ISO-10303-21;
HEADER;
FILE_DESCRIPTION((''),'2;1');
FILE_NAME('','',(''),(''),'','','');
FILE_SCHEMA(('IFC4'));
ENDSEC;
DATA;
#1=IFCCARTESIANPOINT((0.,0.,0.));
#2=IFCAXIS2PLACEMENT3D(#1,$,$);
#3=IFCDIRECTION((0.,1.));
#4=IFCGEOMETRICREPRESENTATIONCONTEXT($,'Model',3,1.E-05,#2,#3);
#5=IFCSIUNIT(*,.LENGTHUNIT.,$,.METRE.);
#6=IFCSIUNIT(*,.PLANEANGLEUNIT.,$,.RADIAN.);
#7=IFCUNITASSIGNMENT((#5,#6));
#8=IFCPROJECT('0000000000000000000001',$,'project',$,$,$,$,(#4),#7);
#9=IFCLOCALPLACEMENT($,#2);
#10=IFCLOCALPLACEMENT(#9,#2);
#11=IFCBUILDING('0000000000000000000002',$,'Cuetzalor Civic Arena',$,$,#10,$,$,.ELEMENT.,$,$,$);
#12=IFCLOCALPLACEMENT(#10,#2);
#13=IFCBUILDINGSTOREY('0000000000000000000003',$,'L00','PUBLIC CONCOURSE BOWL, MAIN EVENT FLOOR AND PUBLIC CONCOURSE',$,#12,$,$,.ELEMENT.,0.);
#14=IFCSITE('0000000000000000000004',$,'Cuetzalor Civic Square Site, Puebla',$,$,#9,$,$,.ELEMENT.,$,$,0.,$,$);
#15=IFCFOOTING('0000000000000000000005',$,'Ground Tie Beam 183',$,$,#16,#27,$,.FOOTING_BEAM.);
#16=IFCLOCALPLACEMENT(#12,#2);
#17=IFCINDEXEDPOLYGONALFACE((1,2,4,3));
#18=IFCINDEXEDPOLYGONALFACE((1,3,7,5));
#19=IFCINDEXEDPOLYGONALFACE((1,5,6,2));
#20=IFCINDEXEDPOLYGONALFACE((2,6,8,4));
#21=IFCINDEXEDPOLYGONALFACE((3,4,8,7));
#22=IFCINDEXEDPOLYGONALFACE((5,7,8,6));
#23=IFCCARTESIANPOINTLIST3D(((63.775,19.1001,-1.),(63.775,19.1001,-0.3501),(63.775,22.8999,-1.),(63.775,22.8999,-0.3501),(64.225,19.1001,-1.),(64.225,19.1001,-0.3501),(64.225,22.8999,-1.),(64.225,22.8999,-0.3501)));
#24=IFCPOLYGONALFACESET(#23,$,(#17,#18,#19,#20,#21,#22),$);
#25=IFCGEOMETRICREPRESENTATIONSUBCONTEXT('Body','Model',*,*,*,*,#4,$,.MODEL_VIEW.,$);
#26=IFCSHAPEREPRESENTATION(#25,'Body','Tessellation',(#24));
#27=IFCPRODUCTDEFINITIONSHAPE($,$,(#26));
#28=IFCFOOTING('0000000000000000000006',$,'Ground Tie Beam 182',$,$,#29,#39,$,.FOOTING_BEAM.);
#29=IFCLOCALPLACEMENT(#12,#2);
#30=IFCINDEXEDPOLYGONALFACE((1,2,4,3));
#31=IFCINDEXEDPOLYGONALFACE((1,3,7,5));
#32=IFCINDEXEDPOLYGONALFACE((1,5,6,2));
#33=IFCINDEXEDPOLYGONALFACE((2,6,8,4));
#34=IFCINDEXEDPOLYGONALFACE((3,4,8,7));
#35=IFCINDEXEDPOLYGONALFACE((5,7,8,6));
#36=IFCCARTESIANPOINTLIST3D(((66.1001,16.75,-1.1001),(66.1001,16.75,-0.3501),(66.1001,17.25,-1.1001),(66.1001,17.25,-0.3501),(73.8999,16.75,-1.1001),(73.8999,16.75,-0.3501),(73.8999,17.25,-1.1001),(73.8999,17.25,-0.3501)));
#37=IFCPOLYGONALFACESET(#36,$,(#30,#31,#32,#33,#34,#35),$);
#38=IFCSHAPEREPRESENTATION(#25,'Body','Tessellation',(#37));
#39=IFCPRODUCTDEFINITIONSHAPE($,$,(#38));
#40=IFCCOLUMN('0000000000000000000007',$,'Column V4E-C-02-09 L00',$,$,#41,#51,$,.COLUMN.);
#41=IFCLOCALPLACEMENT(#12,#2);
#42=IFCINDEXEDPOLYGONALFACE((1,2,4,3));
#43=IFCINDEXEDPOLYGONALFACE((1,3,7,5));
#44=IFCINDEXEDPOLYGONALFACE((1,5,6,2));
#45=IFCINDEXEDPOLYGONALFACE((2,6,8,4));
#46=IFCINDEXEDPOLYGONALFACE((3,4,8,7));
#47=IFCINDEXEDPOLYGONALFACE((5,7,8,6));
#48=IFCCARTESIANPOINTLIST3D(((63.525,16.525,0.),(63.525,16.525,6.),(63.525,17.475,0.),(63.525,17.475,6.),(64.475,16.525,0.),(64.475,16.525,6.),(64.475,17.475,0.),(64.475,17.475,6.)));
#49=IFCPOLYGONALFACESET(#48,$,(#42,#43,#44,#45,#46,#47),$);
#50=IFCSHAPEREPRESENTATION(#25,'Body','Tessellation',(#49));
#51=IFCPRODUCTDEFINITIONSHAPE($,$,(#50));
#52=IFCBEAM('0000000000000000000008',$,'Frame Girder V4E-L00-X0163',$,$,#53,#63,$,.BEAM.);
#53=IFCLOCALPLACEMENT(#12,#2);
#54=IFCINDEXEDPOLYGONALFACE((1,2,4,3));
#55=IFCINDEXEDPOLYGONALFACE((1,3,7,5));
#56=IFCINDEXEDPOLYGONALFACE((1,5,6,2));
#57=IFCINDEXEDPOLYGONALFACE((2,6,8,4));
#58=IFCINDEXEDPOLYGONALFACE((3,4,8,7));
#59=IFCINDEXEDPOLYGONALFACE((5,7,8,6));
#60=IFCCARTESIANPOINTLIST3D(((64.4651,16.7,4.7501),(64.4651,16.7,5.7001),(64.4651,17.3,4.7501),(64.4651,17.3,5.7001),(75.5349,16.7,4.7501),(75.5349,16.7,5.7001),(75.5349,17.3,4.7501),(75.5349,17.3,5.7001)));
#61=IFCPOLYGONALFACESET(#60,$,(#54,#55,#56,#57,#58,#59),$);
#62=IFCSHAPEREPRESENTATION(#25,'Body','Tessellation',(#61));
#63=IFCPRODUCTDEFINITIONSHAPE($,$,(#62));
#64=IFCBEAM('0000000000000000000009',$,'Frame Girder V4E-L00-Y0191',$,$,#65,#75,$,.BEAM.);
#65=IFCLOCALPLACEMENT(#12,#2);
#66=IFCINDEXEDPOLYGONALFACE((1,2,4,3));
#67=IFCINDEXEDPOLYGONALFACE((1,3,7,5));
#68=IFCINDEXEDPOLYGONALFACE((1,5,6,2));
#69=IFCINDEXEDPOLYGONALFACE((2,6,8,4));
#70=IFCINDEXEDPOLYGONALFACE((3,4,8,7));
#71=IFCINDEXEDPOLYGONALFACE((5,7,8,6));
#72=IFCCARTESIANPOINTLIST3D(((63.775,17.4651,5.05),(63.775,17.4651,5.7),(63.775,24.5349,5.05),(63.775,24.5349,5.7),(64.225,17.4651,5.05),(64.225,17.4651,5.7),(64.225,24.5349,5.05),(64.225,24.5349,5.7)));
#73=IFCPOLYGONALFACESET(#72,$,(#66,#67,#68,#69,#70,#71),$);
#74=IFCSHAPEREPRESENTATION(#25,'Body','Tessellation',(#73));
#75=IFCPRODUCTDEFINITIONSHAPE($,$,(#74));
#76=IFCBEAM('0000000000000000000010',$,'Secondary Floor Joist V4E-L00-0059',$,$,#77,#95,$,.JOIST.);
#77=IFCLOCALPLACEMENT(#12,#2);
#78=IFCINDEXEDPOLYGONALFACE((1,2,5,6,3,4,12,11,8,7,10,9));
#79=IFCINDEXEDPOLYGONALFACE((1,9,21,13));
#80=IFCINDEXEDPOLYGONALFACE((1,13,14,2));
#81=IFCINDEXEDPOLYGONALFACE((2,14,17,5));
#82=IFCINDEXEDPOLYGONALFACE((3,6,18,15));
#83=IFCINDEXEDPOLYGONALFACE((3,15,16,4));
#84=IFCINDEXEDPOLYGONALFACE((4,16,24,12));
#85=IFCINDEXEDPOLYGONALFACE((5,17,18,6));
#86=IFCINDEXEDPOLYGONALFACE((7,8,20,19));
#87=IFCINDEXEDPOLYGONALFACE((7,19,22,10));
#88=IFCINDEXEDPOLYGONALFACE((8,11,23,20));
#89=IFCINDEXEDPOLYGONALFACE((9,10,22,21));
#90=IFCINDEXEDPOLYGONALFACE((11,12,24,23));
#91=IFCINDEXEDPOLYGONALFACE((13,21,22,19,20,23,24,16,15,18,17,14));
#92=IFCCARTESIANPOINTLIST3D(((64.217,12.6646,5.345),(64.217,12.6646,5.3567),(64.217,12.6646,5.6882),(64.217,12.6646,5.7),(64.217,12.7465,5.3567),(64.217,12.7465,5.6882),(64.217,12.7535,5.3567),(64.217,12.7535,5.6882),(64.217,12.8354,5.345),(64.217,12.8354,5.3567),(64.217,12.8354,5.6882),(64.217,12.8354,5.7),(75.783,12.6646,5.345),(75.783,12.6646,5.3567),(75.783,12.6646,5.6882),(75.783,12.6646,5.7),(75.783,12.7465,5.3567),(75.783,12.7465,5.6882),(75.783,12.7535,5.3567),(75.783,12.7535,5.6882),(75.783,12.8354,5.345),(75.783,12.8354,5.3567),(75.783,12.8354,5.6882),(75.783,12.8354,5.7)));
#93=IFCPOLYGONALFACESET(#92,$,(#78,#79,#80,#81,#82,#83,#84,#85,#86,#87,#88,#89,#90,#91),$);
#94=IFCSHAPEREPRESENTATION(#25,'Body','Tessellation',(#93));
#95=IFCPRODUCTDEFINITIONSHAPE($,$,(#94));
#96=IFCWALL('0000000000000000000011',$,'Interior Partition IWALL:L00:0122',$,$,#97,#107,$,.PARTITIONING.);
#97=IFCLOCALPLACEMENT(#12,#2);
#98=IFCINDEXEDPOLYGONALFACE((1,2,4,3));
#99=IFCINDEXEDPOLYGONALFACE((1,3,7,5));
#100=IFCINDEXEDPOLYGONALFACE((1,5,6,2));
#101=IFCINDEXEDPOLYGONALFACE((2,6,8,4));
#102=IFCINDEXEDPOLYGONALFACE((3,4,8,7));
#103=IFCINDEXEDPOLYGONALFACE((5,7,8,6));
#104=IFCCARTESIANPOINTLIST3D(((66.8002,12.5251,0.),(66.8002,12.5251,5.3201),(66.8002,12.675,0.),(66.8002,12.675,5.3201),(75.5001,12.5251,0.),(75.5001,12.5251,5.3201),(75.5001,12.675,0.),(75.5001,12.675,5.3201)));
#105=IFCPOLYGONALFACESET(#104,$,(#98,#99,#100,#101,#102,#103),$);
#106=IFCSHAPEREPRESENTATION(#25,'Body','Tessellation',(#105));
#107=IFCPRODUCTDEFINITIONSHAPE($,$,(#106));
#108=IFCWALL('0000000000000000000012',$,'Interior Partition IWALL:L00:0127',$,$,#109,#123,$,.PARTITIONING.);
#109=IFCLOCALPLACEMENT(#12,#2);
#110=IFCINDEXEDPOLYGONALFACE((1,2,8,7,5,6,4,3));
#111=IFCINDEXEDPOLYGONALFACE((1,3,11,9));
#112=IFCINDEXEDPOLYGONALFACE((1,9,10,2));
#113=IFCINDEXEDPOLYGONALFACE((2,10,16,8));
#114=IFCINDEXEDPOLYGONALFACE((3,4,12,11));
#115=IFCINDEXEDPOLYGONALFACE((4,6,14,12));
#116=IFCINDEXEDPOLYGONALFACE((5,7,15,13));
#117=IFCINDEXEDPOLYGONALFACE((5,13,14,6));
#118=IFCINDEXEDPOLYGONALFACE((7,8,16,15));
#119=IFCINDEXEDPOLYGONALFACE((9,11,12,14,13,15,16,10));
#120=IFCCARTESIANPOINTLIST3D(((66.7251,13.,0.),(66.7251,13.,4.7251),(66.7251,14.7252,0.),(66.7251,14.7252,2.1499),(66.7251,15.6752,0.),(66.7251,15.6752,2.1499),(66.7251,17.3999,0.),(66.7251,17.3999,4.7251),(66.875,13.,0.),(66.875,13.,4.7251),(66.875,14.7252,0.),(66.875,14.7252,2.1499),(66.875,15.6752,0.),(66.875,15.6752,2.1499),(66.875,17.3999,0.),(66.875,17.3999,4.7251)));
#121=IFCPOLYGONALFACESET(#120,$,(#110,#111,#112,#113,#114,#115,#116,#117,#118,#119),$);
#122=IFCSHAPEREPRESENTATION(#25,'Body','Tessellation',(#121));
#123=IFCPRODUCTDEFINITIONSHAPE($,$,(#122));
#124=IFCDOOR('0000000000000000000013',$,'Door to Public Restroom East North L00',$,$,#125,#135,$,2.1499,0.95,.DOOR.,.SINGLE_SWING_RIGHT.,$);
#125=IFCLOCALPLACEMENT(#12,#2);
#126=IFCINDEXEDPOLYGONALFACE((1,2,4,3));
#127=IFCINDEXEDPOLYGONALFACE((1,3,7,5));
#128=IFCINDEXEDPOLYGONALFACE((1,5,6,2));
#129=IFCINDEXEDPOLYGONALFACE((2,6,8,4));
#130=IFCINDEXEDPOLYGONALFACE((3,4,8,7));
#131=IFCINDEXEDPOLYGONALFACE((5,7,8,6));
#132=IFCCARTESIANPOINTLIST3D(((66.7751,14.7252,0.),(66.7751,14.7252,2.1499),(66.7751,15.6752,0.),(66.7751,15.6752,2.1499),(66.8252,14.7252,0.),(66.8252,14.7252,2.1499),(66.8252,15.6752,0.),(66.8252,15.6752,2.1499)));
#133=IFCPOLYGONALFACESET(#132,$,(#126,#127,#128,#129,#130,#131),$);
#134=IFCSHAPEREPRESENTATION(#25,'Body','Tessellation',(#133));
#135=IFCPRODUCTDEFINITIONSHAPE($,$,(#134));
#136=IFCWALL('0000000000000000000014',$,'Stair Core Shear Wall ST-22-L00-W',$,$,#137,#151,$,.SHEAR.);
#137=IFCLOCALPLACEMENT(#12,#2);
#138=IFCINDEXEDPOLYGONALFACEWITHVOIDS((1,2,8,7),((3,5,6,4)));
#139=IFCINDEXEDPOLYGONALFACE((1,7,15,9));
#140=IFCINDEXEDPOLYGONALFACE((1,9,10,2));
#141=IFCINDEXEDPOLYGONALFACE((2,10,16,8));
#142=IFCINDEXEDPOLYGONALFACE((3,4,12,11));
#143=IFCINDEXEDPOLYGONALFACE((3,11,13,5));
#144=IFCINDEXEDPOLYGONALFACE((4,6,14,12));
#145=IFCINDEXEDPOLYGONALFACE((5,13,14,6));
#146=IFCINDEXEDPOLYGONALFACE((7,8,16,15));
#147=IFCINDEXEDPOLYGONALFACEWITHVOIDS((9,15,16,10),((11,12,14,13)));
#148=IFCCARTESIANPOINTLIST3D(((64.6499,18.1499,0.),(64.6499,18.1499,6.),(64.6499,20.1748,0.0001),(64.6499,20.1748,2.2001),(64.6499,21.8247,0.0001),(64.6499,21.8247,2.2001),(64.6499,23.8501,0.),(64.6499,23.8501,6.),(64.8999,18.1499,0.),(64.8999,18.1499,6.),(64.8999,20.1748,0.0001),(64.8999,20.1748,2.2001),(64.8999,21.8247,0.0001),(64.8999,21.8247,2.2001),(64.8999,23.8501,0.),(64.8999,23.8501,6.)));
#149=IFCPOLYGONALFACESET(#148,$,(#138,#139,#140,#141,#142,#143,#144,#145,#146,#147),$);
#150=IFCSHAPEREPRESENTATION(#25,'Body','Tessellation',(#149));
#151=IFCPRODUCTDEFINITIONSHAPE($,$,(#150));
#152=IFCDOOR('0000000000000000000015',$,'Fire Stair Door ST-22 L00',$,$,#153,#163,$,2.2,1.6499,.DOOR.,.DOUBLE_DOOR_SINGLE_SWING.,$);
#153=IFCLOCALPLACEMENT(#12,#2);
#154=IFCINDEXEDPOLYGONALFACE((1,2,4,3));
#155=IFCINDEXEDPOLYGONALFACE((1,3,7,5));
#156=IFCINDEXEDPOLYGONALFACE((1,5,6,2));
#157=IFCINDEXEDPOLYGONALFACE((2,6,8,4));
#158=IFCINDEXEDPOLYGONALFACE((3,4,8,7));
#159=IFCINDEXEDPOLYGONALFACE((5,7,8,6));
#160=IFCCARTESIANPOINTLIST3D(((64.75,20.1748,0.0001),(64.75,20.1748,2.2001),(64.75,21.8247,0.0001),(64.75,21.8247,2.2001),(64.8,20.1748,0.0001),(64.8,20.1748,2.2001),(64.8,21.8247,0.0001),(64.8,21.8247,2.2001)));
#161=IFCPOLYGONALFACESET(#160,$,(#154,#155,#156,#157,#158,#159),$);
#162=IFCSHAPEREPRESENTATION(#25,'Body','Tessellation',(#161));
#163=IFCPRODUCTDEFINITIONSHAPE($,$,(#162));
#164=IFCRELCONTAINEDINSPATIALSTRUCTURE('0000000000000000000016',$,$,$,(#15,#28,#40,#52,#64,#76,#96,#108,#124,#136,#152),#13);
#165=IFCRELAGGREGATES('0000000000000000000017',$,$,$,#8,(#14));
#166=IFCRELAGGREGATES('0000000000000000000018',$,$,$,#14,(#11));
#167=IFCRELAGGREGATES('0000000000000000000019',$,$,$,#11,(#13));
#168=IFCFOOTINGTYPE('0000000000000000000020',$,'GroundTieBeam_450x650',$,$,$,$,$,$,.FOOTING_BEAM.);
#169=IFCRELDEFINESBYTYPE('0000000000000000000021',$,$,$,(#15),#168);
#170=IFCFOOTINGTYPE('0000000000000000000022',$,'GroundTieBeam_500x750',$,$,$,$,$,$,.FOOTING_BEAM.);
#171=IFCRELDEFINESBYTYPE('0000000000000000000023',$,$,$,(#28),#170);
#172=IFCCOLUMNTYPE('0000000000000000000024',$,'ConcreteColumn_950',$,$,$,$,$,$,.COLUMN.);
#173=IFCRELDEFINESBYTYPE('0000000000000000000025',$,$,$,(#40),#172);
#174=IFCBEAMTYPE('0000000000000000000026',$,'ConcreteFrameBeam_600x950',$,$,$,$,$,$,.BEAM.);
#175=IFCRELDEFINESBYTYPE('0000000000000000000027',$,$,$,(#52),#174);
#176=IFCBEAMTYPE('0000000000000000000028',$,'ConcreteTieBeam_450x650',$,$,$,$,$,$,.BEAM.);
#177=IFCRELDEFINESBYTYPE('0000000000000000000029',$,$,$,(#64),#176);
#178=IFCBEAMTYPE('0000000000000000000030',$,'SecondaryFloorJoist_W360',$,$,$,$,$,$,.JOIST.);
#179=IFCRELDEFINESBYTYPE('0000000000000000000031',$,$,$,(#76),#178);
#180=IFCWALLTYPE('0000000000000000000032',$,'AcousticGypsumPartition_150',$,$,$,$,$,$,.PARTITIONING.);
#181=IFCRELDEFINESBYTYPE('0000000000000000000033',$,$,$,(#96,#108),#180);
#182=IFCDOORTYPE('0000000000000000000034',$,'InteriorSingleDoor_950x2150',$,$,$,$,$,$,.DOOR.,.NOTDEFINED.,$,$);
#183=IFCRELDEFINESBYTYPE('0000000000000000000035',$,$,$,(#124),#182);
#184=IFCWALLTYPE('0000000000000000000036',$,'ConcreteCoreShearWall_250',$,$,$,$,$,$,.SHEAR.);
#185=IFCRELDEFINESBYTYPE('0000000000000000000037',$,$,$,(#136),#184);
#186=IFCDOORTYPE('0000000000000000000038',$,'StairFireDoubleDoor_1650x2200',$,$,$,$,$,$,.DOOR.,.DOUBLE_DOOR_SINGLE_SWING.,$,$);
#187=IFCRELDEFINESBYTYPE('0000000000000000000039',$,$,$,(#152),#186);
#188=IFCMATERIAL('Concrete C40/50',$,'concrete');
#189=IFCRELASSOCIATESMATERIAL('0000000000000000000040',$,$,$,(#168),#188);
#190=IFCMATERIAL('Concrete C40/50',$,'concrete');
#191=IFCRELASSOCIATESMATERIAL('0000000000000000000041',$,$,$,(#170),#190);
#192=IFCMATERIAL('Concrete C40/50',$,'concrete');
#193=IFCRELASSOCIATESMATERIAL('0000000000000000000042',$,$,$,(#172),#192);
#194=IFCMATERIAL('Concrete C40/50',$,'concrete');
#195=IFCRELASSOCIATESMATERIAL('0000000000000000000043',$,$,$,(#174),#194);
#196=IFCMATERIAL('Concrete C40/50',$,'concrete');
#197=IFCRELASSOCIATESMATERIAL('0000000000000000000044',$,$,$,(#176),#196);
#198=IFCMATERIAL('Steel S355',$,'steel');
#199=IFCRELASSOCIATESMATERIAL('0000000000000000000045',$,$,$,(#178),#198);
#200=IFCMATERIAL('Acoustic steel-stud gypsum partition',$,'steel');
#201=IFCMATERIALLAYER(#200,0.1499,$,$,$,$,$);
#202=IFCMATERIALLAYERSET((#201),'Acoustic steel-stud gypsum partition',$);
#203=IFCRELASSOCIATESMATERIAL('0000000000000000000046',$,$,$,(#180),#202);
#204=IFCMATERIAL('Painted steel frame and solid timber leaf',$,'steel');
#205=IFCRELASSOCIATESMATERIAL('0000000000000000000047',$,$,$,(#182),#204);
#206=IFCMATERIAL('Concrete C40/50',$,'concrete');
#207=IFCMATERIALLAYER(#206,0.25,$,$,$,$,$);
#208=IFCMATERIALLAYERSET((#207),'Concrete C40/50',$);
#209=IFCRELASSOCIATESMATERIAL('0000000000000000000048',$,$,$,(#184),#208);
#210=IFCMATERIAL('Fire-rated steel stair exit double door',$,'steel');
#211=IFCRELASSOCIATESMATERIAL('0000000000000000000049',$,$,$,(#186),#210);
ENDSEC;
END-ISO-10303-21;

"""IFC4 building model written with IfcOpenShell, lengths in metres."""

from ifc_helpers import new_model, si_unit, direction, frame, frame_2d, origin, origin_2d, place, context, subcontext, project, spatial, rectangle, i_section, extrude, material, layer, layer_set, material_profile, profile_set, type_object, element, fill, save


model = new_model("IFC4")

# Units and contexts
model_context = context("Model", 3, precision=1e-05, world=origin(), true_north=direction((0.0, 1.0)))
body_context = subcontext(model_context, "Body", "Model", "MODEL_VIEW")
ifc_project = project(units=[si_unit("LENGTHUNIT", "METRE"), si_unit("PLANEANGLEUNIT", "RADIAN")], contexts=[model_context])

# Site, building, storey
site_placement = place(None, origin())
site = spatial("IfcSite", under=ifc_project, at=site_placement, Name="Cuetzalor Civic Square Site, Puebla", CompositionType="ELEMENT", RefElevation=0.0)
building_placement = place(site_placement, origin())
building = spatial("IfcBuilding", under=site, at=building_placement, Name="Cuetzalor Civic Arena", CompositionType="ELEMENT")
storey_placement = place(building_placement, origin())
storey = spatial("IfcBuildingStorey", under=building, at=storey_placement, Name="L00", Description="PUBLIC CONCOURSE BOWL, MAIN EVENT FLOOR AND PUBLIC CONCOURSE", CompositionType="ELEMENT", Elevation=0.0)

# Footings
ifc_material_1 = material(Name="Concrete C40/50", Category="concrete")
ifc_material_profile_1 = material_profile(ifc_material_1, rectangle(XDim=0.45, YDim=0.6499, at=origin_2d()), Name="RC 450x650")
ifc_profile_set_1 = profile_set([ifc_material_profile_1], Name="Concrete C40/50")
footing_type_1 = type_object("IfcFootingType", Name="GroundTieBeam_450x650", PredefinedType="FOOTING_BEAM", material=ifc_profile_set_1)
footing_1_placement = place(storey_placement, frame((64.0, 19.1001, -0.675), z_axis=(0.0, 1.0, 0.0), x_axis=(-1.0, 0.0, 0.0)))
element("IfcFooting", 1, at=footing_1_placement, inside=storey, type_object=footing_type_1, Name="Ground Tie Beam 183", PredefinedType="FOOTING_BEAM", context=body_context, shape_type="SweptSolid", body=[
    extrude(rectangle(XDim=0.45, YDim=0.6499, at=origin_2d()), origin(), (0.0, 0.0, 1.0), 3.7998),
])
ifc_material_2 = material(Name="Concrete C40/50", Category="concrete")
ifc_material_profile_2 = material_profile(ifc_material_2, rectangle(XDim=0.5, YDim=0.75, at=origin_2d()), Name="RC 500x750")
ifc_profile_set_2 = profile_set([ifc_material_profile_2], Name="Concrete C40/50")
footing_type_2 = type_object("IfcFootingType", Name="GroundTieBeam_500x750", PredefinedType="FOOTING_BEAM", material=ifc_profile_set_2)
footing_2_placement = place(storey_placement, frame((66.1001, 17.0, -0.7251), z_axis=(1.0, 0.0, 0.0), x_axis=(0.0, 1.0, 0.0)))
element("IfcFooting", 2, at=footing_2_placement, inside=storey, type_object=footing_type_2, Name="Ground Tie Beam 182", PredefinedType="FOOTING_BEAM", context=body_context, shape_type="SweptSolid", body=[
    extrude(rectangle(XDim=0.5, YDim=0.75, at=origin_2d()), origin(), (0.0, 0.0, 1.0), 7.7998),
])

# Column
ifc_material_3 = material(Name="Concrete C40/50", Category="concrete")
ifc_material_profile_3 = material_profile(ifc_material_3, rectangle(XDim=0.95, YDim=0.95, at=origin_2d()), Name="RC 950x950")
ifc_profile_set_3 = profile_set([ifc_material_profile_3], Name="Concrete C40/50")
column_type = type_object("IfcColumnType", Name="ConcreteColumn_950", PredefinedType="COLUMN", material=ifc_profile_set_3)
column_placement = place(storey_placement, frame((64.0, 17.0, 0.0), z_axis=(0.0, 0.0, 1.0), x_axis=(1.0, 0.0, 0.0)))
element("IfcColumn", 3, at=column_placement, inside=storey, type_object=column_type, Name="Column V4E-C-02-09 L00", PredefinedType="COLUMN", context=body_context, shape_type="SweptSolid", body=[
    extrude(rectangle(XDim=0.95, YDim=0.95, at=origin_2d()), origin(), (0.0, 0.0, 1.0), 6.0),
])

# Beams
ifc_material_4 = material(Name="Concrete C40/50", Category="concrete")
ifc_material_profile_4 = material_profile(ifc_material_4, rectangle(XDim=0.6001, YDim=0.95, at=origin_2d()), Name="RC 600x950")
ifc_profile_set_4 = profile_set([ifc_material_profile_4], Name="Concrete C40/50")
beam_type_1 = type_object("IfcBeamType", Name="ConcreteFrameBeam_600x950", PredefinedType="BEAM", material=ifc_profile_set_4)
beam_1_placement = place(storey_placement, frame((64.4651, 17.0, 5.2251), z_axis=(1.0, 0.0, 0.0), x_axis=(0.0, 1.0, 0.0)))
element("IfcBeam", 4, at=beam_1_placement, inside=storey, type_object=beam_type_1, Name="Frame Girder V4E-L00-X0163", PredefinedType="BEAM", context=body_context, shape_type="SweptSolid", body=[
    extrude(rectangle(XDim=0.6001, YDim=0.95, at=origin_2d()), origin(), (0.0, 0.0, 1.0), 11.0698),
])
ifc_material_5 = material(Name="Concrete C40/50", Category="concrete")
ifc_material_profile_5 = material_profile(ifc_material_5, rectangle(XDim=0.45, YDim=0.6499, at=origin_2d()), Name="RC 450x650")
ifc_profile_set_5 = profile_set([ifc_material_profile_5], Name="Concrete C40/50")
beam_type_2 = type_object("IfcBeamType", Name="ConcreteTieBeam_450x650", PredefinedType="BEAM", material=ifc_profile_set_5)
beam_2_placement = place(storey_placement, frame((64.0, 17.4651, 5.375), z_axis=(0.0, 1.0, 0.0), x_axis=(-1.0, 0.0, 0.0)))
element("IfcBeam", 5, at=beam_2_placement, inside=storey, type_object=beam_type_2, Name="Frame Girder V4E-L00-Y0191", PredefinedType="BEAM", context=body_context, shape_type="SweptSolid", body=[
    extrude(rectangle(XDim=0.45, YDim=0.6499, at=origin_2d()), origin(), (0.0, 0.0, 1.0), 7.0698),
])
ifc_material_6 = material(Name="Steel S355", Category="steel")
ifc_material_profile_6 = material_profile(ifc_material_6, i_section(OverallWidth=0.1709, OverallDepth=0.355, WebThickness=0.0071, FlangeThickness=0.0117, at=origin_2d()), Name="W360x51")
ifc_profile_set_6 = profile_set([ifc_material_profile_6], Name="Steel S355")
beam_type_3 = type_object("IfcBeamType", Name="SecondaryFloorJoist_W360", PredefinedType="JOIST", material=ifc_profile_set_6)
beam_3_placement = place(storey_placement, frame((64.217, 12.75, 5.5225), z_axis=(1.0, 0.0, 0.0), x_axis=(0.0, 1.0, 0.0)))
element("IfcBeam", 6, at=beam_3_placement, inside=storey, type_object=beam_type_3, Name="Secondary Floor Joist V4E-L00-0059", PredefinedType="JOIST", context=body_context, shape_type="SweptSolid", body=[
    extrude(i_section(OverallWidth=0.1709, OverallDepth=0.355, WebThickness=0.0071, FlangeThickness=0.0117, at=origin_2d()), origin(), (0.0, 0.0, 1.0), 11.5659),
])

# Wall
ifc_material_7 = material(Name="Acoustic steel-stud gypsum partition", Category="steel")
ifc_layer_1 = layer(ifc_material_7, 0.1499)
ifc_layer_set_1 = layer_set([ifc_layer_1], Name="Acoustic steel-stud gypsum partition")
wall_type_1 = type_object("IfcWallType", Name="AcousticGypsumPartition_150", PredefinedType="PARTITIONING", material=ifc_layer_set_1)
wall_1_placement = place(storey_placement, frame((66.8, 12.6001, 0.0), z_axis=(0.0, 0.0, 1.0), x_axis=(1.0, 0.0, 0.0)))
element("IfcWall", 7, at=wall_1_placement, inside=storey, type_object=wall_type_1, Name="Interior Partition IWALL:L00:0122", PredefinedType="PARTITIONING", context=body_context, shape_type="SweptSolid", body=[
    extrude(rectangle(XDim=8.7, YDim=0.1499, at=frame_2d((4.3501, 0.0))), origin(), (0.0, 0.0, 1.0), 5.3201),
])

# Walls, openings, doors
wall_2_placement = place(storey_placement, frame((66.8, 13.0, 0.0), z_axis=(0.0, 0.0, 1.0), x_axis=(0.0, 1.0, 0.0)))
wall_2 = element("IfcWall", 8, at=wall_2_placement, inside=storey, type_object=wall_type_1, Name="Interior Partition IWALL:L00:0127", PredefinedType="PARTITIONING", context=body_context, shape_type="SweptSolid", body=[
    extrude(rectangle(XDim=4.3999, YDim=0.1499, at=frame_2d((2.2, 0.0))), origin(), (0.0, 0.0, 1.0), 4.7251),
])
opening_1_placement = place(wall_2_placement, frame((1.7251, 0.0, 0.0)))
opening_1 = element("IfcOpeningElement", 9, at=opening_1_placement, cuts=wall_2, PredefinedType="OPENING", context=body_context, shape_type="SweptSolid", body=[
    extrude(rectangle(XDim=0.95, YDim=2.1499, at=frame_2d((0.4751, 1.075))), frame((0.0, 0.085, 0.0), z_axis=(0.0, -1.0, 0.0), x_axis=(1.0, 0.0, 0.0)), (0.0, 0.0, 1.0), 0.1699),
])
ifc_material_8 = material(Name="Painted steel frame and solid timber leaf", Category="steel")
door_type_1 = type_object("IfcDoorType", Name="InteriorSingleDoor_950x2150", OperationType="NOTDEFINED", PredefinedType="DOOR", material=ifc_material_8)
door_1_placement = place(opening_1_placement, origin())
door_1 = element("IfcDoor", 10, at=door_1_placement, inside=storey, type_object=door_type_1, Name="Door to Public Restroom East North L00", OperationType="SINGLE_SWING_RIGHT", OverallHeight=2.1499, OverallWidth=0.95, PredefinedType="DOOR", context=body_context, shape_type="SweptSolid", body=[
    extrude(rectangle(XDim=0.95, YDim=2.1499, at=frame_2d((0.4751, 1.075))), frame((0.0, 0.0249, 0.0), z_axis=(0.0, -1.0, 0.0), x_axis=(1.0, 0.0, 0.0)), (0.0, 0.0, 1.0), 0.05),
])
fill(opening_1, door_1)
ifc_material_9 = material(Name="Concrete C40/50", Category="concrete")
ifc_layer_2 = layer(ifc_material_9, 0.25)
ifc_layer_set_2 = layer_set([ifc_layer_2], Name="Concrete C40/50")
wall_type_2 = type_object("IfcWallType", Name="ConcreteCoreShearWall_250", PredefinedType="SHEAR", material=ifc_layer_set_2)
wall_3_placement = place(storey_placement, frame((64.7749, 18.1499, 0.0), z_axis=(0.0, 0.0, 1.0), x_axis=(0.0, 1.0, 0.0)))
wall_3 = element("IfcWall", 11, at=wall_3_placement, inside=storey, type_object=wall_type_2, Name="Stair Core Shear Wall ST-22-L00-W", PredefinedType="SHEAR", context=body_context, shape_type="SweptSolid", body=[
    extrude(rectangle(XDim=5.7002, YDim=0.25, at=frame_2d((2.8501, 0.0))), origin(), (0.0, 0.0, 1.0), 6.0),
])
opening_2_placement = place(wall_3_placement, frame((2.0249, 0.0, 0.0)))
opening_2 = element("IfcOpeningElement", 12, at=opening_2_placement, cuts=wall_3, PredefinedType="OPENING", context=body_context, shape_type="SweptSolid", body=[
    extrude(rectangle(XDim=1.6499, YDim=2.2, at=frame_2d((0.825, 1.1001))), frame((0.0, 0.135, 0.0), z_axis=(0.0, -1.0, 0.0), x_axis=(1.0, 0.0, 0.0)), (0.0, 0.0, 1.0), 0.27),
])
ifc_material_10 = material(Name="Fire-rated steel stair exit double door", Category="steel")
door_type_2 = type_object("IfcDoorType", Name="StairFireDoubleDoor_1650x2200", OperationType="DOUBLE_DOOR_SINGLE_SWING", PredefinedType="DOOR", material=ifc_material_10)
door_2_placement = place(opening_2_placement, origin())
door_2 = element("IfcDoor", 13, at=door_2_placement, inside=storey, type_object=door_type_2, Name="Fire Stair Door ST-22 L00", OperationType="DOUBLE_DOOR_SINGLE_SWING", OverallHeight=2.2, OverallWidth=1.6499, PredefinedType="DOOR", context=body_context, shape_type="SweptSolid", body=[
    extrude(rectangle(XDim=1.6499, YDim=2.2, at=frame_2d((0.825, 1.1001))), frame((0.0, 0.0249, 0.0), z_axis=(0.0, -1.0, 0.0), x_axis=(1.0, 0.0, 0.0)), (0.0, 0.0, 1.0), 0.05),
])
fill(opening_2, door_2)

save(model, "model.ifc")
